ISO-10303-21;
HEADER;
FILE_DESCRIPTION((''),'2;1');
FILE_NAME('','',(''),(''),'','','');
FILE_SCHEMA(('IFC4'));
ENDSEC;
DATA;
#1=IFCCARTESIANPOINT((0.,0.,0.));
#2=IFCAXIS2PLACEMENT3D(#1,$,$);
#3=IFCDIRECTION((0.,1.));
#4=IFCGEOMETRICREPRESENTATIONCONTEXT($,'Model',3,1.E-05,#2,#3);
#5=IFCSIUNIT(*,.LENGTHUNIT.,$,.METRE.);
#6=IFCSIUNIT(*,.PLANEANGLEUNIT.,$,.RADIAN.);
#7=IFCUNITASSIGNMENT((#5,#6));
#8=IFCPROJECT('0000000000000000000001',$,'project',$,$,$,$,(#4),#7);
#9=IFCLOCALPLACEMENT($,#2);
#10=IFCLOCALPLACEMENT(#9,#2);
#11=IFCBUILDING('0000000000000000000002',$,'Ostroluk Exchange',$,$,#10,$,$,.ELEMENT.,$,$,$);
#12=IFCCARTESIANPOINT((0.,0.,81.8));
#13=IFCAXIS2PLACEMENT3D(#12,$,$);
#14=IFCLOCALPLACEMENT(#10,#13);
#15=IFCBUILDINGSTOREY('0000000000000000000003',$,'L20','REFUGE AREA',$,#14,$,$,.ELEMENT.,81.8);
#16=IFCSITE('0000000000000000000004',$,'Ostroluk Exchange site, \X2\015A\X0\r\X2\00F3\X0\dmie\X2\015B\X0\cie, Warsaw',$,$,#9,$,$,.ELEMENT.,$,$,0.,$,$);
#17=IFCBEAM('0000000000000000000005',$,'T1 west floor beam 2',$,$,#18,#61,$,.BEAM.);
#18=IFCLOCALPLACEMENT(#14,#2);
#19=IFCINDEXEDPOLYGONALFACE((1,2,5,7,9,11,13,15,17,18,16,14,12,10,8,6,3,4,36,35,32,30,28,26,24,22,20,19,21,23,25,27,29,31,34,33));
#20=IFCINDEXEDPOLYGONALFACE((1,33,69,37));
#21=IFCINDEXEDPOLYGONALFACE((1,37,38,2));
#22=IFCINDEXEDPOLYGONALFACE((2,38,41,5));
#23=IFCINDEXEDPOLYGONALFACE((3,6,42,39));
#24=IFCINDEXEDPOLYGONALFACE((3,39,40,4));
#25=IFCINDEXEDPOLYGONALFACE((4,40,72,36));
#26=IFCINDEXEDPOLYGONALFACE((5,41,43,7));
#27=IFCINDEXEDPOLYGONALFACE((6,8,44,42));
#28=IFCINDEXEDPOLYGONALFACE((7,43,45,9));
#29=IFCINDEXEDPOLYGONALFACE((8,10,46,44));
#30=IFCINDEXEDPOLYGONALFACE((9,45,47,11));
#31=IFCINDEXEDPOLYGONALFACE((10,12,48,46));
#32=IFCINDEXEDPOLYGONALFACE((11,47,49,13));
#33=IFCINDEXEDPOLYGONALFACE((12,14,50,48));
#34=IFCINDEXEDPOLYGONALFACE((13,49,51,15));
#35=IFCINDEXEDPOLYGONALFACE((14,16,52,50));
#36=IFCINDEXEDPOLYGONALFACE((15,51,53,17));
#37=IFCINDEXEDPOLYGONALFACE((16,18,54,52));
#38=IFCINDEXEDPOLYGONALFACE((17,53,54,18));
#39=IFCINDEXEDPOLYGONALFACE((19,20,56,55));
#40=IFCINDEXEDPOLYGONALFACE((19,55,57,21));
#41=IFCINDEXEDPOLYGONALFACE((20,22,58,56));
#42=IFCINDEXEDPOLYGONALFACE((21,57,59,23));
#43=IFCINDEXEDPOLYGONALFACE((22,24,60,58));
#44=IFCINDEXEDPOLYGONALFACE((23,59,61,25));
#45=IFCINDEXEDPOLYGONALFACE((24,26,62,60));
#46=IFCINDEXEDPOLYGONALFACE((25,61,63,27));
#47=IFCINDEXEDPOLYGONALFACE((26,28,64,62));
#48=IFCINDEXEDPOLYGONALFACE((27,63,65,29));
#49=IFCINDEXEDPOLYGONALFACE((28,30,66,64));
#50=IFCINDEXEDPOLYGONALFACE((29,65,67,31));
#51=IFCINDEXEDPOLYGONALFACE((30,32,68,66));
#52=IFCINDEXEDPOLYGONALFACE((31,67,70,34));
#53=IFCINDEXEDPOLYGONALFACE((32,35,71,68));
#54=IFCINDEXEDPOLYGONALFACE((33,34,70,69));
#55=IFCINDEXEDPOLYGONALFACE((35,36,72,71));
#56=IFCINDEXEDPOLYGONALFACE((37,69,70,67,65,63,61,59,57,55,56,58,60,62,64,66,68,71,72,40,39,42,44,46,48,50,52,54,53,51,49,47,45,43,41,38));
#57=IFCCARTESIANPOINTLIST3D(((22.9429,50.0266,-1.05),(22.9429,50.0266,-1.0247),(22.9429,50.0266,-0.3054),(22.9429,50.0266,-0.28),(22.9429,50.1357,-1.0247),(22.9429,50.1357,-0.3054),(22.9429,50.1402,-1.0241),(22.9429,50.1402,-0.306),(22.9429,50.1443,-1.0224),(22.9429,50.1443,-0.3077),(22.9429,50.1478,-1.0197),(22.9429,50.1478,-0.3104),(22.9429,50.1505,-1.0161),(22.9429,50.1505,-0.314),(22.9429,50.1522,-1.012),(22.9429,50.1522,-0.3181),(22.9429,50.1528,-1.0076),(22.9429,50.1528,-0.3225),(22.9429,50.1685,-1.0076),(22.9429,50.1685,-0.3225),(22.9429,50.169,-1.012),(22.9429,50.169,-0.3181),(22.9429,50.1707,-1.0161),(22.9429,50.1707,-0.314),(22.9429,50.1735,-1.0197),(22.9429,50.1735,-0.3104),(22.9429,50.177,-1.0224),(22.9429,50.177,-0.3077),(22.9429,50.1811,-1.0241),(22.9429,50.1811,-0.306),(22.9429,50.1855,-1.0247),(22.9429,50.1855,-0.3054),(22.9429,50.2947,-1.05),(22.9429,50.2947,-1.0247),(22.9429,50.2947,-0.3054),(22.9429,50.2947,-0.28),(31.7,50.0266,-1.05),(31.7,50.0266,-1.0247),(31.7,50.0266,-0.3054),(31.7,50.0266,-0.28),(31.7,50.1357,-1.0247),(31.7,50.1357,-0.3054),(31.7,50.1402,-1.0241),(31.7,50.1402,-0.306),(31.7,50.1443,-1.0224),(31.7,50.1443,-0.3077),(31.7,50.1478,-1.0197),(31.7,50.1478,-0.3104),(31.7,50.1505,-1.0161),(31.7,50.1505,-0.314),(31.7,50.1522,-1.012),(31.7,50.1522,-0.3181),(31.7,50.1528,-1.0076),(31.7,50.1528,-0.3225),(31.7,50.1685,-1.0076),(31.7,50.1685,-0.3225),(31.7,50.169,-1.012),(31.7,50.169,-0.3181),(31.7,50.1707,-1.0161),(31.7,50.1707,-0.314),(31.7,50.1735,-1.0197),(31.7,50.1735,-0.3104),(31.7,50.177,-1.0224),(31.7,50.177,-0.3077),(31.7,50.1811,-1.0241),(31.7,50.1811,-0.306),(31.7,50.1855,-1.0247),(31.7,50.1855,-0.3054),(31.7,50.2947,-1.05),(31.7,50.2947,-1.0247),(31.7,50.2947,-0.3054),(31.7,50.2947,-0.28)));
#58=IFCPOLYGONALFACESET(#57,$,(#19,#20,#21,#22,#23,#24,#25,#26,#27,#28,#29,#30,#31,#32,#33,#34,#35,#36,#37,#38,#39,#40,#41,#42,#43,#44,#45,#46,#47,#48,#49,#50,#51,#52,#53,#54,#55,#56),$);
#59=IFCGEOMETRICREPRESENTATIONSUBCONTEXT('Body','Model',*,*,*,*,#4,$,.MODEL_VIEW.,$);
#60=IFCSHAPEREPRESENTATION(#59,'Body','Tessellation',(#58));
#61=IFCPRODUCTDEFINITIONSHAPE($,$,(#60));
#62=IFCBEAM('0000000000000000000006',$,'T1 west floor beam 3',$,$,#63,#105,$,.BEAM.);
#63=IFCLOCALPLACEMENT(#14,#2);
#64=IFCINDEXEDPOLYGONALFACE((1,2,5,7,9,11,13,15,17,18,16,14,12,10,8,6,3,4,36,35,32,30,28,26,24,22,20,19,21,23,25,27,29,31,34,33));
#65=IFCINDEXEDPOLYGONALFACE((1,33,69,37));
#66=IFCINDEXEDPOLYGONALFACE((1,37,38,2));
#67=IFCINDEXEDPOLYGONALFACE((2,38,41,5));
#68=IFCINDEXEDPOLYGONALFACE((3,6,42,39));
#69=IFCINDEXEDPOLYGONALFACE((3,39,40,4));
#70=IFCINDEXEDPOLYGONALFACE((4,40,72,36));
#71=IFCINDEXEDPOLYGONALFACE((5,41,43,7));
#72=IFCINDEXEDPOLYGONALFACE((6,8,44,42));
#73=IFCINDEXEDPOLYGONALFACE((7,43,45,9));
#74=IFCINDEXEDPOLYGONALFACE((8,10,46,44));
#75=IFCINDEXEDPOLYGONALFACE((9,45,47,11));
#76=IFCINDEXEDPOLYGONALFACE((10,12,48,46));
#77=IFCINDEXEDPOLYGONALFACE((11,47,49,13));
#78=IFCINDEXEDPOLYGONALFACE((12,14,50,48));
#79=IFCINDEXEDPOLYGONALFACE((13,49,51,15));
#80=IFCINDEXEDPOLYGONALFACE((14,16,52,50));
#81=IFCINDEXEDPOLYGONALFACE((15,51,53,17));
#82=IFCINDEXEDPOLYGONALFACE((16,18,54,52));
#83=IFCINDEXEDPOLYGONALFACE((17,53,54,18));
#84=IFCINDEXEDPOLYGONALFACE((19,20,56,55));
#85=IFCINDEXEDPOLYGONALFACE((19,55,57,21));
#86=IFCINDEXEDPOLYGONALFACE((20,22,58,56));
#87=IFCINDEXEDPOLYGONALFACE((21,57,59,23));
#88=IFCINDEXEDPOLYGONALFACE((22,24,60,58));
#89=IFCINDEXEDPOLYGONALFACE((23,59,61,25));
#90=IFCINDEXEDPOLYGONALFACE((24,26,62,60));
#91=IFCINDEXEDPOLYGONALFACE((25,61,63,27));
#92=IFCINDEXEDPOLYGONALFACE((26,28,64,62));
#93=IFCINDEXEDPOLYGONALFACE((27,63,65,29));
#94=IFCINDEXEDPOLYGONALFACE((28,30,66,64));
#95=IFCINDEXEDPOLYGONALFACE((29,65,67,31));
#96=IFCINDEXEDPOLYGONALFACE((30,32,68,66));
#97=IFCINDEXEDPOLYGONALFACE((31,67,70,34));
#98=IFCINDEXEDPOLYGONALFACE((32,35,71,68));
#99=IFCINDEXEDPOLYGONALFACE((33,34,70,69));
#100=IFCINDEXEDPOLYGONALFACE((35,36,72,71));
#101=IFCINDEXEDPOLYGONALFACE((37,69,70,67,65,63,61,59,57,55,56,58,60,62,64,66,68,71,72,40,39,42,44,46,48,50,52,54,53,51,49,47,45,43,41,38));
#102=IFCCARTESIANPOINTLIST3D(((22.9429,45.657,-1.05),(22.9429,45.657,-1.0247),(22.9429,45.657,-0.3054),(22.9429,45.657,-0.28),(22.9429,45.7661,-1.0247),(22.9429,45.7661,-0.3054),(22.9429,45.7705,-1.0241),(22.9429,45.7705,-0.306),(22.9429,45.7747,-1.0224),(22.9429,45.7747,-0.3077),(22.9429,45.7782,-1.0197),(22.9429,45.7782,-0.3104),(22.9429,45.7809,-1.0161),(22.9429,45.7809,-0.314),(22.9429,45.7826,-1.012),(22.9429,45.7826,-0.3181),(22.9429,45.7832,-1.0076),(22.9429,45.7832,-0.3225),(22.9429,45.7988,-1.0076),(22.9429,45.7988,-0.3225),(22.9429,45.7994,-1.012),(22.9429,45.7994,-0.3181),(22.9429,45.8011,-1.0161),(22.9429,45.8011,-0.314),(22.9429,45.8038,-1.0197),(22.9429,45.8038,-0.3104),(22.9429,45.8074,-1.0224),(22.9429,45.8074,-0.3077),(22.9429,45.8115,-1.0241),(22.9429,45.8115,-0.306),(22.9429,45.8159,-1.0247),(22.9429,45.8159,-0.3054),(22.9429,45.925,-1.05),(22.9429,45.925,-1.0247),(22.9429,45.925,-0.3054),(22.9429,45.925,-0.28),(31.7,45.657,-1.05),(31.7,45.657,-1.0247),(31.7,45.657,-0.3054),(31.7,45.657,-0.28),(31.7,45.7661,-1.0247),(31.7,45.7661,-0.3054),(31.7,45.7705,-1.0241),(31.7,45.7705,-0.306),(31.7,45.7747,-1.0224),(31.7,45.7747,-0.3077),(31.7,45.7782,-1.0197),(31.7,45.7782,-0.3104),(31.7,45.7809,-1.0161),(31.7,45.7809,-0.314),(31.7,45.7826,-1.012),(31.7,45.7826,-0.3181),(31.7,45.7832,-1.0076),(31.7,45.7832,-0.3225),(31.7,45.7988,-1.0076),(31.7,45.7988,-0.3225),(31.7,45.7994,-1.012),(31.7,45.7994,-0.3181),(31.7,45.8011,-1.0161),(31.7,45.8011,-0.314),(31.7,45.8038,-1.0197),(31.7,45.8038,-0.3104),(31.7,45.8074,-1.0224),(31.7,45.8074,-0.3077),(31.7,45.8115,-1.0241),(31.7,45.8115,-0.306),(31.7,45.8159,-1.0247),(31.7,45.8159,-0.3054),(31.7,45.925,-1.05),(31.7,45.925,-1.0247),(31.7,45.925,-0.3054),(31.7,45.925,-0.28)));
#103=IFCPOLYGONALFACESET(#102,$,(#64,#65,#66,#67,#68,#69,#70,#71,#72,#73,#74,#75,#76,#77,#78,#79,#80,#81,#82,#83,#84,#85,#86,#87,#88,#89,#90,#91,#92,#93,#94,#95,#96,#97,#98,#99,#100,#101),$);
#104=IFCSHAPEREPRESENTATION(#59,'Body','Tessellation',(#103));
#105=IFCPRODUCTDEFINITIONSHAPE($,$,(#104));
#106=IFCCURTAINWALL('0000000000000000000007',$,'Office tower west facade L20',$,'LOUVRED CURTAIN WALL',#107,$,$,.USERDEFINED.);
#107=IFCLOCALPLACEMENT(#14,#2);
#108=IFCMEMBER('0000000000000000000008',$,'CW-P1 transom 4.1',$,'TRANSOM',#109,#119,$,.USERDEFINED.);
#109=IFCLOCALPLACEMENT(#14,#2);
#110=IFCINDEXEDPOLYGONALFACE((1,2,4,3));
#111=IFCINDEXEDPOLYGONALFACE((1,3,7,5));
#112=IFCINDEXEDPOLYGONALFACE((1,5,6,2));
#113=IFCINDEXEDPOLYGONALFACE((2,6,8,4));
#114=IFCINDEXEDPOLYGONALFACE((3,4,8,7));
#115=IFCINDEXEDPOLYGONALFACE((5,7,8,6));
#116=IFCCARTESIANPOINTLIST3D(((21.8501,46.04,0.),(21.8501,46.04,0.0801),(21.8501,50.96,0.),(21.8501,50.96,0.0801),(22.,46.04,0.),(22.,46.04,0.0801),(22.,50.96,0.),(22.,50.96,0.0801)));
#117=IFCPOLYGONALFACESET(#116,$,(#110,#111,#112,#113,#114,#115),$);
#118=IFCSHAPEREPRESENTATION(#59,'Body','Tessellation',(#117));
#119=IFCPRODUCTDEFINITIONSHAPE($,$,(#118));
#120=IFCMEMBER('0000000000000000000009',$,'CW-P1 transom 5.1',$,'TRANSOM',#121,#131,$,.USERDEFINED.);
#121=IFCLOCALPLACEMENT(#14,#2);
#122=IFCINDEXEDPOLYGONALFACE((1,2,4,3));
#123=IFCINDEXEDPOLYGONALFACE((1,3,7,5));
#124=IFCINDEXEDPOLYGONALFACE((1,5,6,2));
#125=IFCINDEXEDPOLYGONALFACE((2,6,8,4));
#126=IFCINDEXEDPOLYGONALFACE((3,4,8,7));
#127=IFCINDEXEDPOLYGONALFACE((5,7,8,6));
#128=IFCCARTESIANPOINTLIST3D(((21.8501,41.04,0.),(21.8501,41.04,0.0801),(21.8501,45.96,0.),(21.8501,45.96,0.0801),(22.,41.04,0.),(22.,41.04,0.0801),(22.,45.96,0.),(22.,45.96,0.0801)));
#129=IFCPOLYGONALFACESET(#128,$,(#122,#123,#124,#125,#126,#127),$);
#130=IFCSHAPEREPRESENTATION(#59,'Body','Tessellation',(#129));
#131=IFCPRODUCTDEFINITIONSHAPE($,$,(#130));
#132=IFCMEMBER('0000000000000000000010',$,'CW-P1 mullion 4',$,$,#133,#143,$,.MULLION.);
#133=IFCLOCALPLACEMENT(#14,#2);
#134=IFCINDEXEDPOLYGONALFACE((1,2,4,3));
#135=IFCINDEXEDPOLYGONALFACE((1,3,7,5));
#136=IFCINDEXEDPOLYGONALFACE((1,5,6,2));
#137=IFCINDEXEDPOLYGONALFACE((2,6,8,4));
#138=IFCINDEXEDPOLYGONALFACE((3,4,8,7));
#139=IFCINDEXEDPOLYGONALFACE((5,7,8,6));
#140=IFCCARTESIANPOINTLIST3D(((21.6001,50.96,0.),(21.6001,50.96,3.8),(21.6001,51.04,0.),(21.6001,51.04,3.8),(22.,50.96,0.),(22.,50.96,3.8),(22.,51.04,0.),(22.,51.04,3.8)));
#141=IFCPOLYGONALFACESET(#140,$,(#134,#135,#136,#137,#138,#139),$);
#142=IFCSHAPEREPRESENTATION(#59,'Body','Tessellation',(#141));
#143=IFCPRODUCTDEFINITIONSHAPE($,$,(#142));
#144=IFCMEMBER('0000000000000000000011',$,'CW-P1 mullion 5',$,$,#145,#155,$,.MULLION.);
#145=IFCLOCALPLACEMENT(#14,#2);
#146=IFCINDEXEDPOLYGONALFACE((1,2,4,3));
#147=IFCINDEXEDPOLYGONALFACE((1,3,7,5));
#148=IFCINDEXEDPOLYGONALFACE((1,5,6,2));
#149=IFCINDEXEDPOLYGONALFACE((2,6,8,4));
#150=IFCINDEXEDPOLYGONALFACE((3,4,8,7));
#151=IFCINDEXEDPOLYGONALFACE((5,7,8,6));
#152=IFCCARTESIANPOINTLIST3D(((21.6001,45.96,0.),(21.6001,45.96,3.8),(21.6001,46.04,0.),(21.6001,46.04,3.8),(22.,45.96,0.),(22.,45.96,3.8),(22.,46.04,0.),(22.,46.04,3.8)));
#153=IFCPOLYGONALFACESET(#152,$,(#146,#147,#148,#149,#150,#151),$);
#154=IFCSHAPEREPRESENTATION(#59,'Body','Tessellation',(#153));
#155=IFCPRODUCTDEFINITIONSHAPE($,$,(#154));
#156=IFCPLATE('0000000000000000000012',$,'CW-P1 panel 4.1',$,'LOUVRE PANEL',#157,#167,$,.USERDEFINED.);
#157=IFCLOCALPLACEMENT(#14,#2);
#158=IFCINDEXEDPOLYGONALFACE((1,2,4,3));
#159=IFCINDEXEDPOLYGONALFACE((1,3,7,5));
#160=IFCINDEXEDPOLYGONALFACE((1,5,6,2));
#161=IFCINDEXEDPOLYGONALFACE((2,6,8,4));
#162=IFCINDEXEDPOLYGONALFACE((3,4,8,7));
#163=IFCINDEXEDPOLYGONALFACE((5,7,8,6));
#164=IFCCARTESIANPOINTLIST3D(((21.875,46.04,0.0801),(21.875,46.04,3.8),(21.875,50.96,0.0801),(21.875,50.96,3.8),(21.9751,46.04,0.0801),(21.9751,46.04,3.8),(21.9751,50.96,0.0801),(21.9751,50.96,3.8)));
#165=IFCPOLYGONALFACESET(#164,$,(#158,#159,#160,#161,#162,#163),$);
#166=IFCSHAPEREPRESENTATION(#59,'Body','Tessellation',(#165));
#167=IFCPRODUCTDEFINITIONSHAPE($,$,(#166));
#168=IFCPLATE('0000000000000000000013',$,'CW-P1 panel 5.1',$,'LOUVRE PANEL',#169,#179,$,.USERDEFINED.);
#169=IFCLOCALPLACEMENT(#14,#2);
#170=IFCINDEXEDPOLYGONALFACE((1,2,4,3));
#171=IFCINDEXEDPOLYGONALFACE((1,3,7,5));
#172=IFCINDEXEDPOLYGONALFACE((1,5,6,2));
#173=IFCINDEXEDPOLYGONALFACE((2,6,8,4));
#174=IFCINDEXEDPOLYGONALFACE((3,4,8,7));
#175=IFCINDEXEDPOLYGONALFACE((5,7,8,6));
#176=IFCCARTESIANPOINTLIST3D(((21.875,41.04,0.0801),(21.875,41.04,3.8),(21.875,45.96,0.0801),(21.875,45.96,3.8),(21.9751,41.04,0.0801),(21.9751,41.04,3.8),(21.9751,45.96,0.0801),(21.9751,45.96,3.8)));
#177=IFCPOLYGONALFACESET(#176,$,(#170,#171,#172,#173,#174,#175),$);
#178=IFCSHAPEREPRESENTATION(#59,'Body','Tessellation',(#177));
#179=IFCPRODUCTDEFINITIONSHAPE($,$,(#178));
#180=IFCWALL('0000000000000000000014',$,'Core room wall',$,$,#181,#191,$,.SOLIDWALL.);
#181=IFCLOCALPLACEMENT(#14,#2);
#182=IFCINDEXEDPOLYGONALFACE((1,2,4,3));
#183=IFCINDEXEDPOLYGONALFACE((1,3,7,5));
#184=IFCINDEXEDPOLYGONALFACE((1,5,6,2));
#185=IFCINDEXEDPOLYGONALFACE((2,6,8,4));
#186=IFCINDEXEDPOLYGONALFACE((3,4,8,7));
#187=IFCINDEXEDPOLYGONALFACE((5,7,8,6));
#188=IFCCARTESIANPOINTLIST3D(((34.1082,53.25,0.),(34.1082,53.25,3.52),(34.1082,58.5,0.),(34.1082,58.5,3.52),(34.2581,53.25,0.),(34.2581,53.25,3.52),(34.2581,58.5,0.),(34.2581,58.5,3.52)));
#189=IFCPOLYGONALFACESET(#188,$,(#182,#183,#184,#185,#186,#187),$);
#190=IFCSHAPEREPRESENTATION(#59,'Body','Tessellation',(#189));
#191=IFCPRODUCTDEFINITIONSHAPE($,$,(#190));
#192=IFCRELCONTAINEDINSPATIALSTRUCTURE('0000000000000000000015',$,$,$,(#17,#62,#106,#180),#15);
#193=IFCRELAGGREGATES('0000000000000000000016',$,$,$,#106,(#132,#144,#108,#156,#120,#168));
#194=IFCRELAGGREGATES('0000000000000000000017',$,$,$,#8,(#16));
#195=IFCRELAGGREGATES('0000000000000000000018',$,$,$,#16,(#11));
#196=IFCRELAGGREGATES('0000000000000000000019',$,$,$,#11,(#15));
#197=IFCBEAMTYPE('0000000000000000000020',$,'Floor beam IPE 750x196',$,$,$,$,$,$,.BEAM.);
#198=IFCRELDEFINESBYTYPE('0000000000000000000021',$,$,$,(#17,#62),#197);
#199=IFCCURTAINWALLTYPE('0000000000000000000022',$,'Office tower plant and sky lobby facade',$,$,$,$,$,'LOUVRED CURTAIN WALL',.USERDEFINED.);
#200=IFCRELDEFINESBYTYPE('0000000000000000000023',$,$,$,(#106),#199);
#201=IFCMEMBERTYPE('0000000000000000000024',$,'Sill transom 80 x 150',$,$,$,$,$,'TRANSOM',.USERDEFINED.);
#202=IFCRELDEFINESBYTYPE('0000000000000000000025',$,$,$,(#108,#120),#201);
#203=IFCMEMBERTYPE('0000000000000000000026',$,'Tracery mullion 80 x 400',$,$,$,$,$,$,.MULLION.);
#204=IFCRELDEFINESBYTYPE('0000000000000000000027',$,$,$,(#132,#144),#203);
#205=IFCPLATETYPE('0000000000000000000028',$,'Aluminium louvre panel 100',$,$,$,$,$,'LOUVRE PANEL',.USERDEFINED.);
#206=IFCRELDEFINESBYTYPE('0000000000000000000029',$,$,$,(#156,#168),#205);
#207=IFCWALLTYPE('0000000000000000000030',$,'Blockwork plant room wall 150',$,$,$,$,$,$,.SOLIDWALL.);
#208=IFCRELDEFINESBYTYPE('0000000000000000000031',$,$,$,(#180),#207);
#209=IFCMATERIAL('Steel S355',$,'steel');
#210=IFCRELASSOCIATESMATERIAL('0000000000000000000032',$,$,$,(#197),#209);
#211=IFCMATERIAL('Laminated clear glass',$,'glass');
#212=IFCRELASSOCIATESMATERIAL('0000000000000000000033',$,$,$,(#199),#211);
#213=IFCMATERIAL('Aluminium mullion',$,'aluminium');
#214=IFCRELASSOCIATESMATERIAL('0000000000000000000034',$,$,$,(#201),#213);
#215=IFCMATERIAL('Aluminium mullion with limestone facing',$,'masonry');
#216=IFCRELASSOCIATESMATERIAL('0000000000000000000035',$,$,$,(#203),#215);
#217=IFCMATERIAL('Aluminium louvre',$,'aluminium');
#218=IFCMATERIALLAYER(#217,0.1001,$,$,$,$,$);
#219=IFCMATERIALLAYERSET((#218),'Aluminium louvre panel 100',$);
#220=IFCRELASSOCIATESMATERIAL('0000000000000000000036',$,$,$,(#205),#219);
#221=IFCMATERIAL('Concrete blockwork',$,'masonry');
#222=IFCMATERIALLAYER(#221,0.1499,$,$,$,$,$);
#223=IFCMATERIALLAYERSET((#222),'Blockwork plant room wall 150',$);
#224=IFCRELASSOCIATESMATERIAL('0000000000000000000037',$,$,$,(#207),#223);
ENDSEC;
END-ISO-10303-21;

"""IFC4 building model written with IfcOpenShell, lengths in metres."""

from ifc_helpers import new_model, si_unit, direction, frame, frame_2d, origin, origin_2d, place, context, subcontext, project, spatial, rectangle, i_section, extrude, material, layer, layer_set, material_profile, profile_set, type_object, element, aggregate, save


model = new_model("IFC4")

# Units and contexts
model_context = context("Model", 3, precision=1e-05, world=origin(), true_north=direction((0.0, 1.0)))
body_context = subcontext(model_context, "Body", "Model", "MODEL_VIEW")
ifc_project = project(units=[si_unit("LENGTHUNIT", "METRE"), si_unit("PLANEANGLEUNIT", "RADIAN")], contexts=[model_context])

# Site, building, storey
site_placement = place(None, origin())
site = spatial("IfcSite", under=ifc_project, at=site_placement, Name="Ostroluk Exchange site, Śródmieście, Warsaw", CompositionType="ELEMENT", RefElevation=0.0)
building_placement = place(site_placement, origin())
building = spatial("IfcBuilding", under=site, at=building_placement, Name="Ostroluk Exchange", CompositionType="ELEMENT")
storey_placement = place(building_placement, frame((0.0, 0.0, 81.8)))
storey = spatial("IfcBuildingStorey", under=building, at=storey_placement, Name="L20", Description="REFUGE AREA", CompositionType="ELEMENT", Elevation=81.8)

# Beams
ifc_material_1 = material(Name="Steel S355", Category="steel")
ifc_material_profile_1 = material_profile(ifc_material_1, i_section(OverallWidth=0.2681, OverallDepth=0.77, WebThickness=0.0156, FlangeThickness=0.0254, FilletRadius=0.0171, at=origin_2d()), Name="IPE 750x196")
ifc_profile_set_1 = profile_set([ifc_material_profile_1], Name="Steel S355")
beam_type = type_object("IfcBeamType", Name="Floor beam IPE 750x196", PredefinedType="BEAM", material=ifc_profile_set_1)
for number, where, z_axis, x_axis, name in (
    (1, (31.7, 50.1606, -0.665), (-1.0, 0.0, 0.0), (0.0, -1.0, 0.0), "T1 west floor beam 2"),
    (2, (31.7, 45.791, -0.665), (-1.0, 0.0, 0.0), (0.0, -1.0, 0.0), "T1 west floor beam 3"),
):
    element("IfcBeam", number, at=place(storey_placement, frame(where, z_axis=z_axis, x_axis=x_axis)), inside=storey, type_object=beam_type, Name=name, PredefinedType="BEAM", context=body_context, shape_type="SweptSolid", body=[
        extrude(i_section(OverallWidth=0.2681, OverallDepth=0.77, WebThickness=0.0156, FlangeThickness=0.0254, FilletRadius=0.0171, at=origin_2d()), origin(), (0.0, 0.0, 1.0), 8.7571),
    ])

# Curtain wall, members, plates
ifc_material_2 = material(Name="Laminated clear glass", Category="glass")
curtain_wall_type = type_object("IfcCurtainWallType", Name="Office tower plant and sky lobby facade", ElementType="LOUVRED CURTAIN WALL", PredefinedType="USERDEFINED", material=ifc_material_2)
curtain_wall_placement = place(storey_placement, origin())
curtain_wall = element("IfcCurtainWall", 3, at=curtain_wall_placement, inside=storey, type_object=curtain_wall_type, Name="Office tower west facade L20", ObjectType="LOUVRED CURTAIN WALL", PredefinedType="USERDEFINED")
ifc_material_3 = material(Name="Aluminium mullion", Category="aluminium")
ifc_material_profile_2 = material_profile(ifc_material_3, rectangle(XDim=0.1499, YDim=0.0801, at=origin_2d()), Name="Sill transom 80 x 150")
ifc_profile_set_2 = profile_set([ifc_material_profile_2], Name="Aluminium mullion")
member_type_1 = type_object("IfcMemberType", Name="Sill transom 80 x 150", ElementType="TRANSOM", PredefinedType="USERDEFINED", material=ifc_profile_set_2)
member_1_placement = place(storey_placement, frame((21.925, 50.96, 0.04), z_axis=(0.0, -1.0, 0.0), x_axis=(1.0, 0.0, 0.0)))
member_1 = element("IfcMember", 4, at=member_1_placement, type_object=member_type_1, Name="CW-P1 transom 4.1", ObjectType="TRANSOM", PredefinedType="USERDEFINED", context=body_context, shape_type="SweptSolid", body=[
    extrude(rectangle(XDim=0.1499, YDim=0.0801, at=origin_2d()), origin(), (0.0, 0.0, 1.0), 4.9199),
])
member_2_placement = place(storey_placement, frame((21.925, 45.96, 0.04), z_axis=(0.0, -1.0, 0.0), x_axis=(1.0, 0.0, 0.0)))
member_2 = element("IfcMember", 5, at=member_2_placement, type_object=member_type_1, Name="CW-P1 transom 5.1", ObjectType="TRANSOM", PredefinedType="USERDEFINED", context=body_context, shape_type="SweptSolid", body=[
    extrude(rectangle(XDim=0.1499, YDim=0.0801, at=origin_2d()), origin(), (0.0, 0.0, 1.0), 4.9199),
])
ifc_material_4 = material(Name="Aluminium mullion with limestone facing", Category="masonry")
ifc_material_profile_3 = material_profile(ifc_material_4, rectangle(XDim=0.3999, YDim=0.0801, at=origin_2d()), Name="Tracery mullion 80 x 400")
ifc_profile_set_3 = profile_set([ifc_material_profile_3], Name="Aluminium mullion with limestone facing")
member_type_2 = type_object("IfcMemberType", Name="Tracery mullion 80 x 400", PredefinedType="MULLION", material=ifc_profile_set_3)
member_3_placement = place(storey_placement, frame((21.8, 51.0, 0.0), z_axis=(0.0, 0.0, 1.0), x_axis=(1.0, 0.0, 0.0)))
member_3 = element("IfcMember", 6, at=member_3_placement, type_object=member_type_2, Name="CW-P1 mullion 4", PredefinedType="MULLION", context=body_context, shape_type="SweptSolid", body=[
    extrude(rectangle(XDim=0.3999, YDim=0.0801, at=origin_2d()), origin(), (0.0, 0.0, 1.0), 3.8),
])
member_4_placement = place(storey_placement, frame((21.8, 46.0, 0.0), z_axis=(0.0, 0.0, 1.0), x_axis=(1.0, 0.0, 0.0)))
member_4 = element("IfcMember", 7, at=member_4_placement, type_object=member_type_2, Name="CW-P1 mullion 5", PredefinedType="MULLION", context=body_context, shape_type="SweptSolid", body=[
    extrude(rectangle(XDim=0.3999, YDim=0.0801, at=origin_2d()), origin(), (0.0, 0.0, 1.0), 3.8),
])
ifc_material_5 = material(Name="Aluminium louvre", Category="aluminium")
ifc_layer_1 = layer(ifc_material_5, 0.1001)
ifc_layer_set_1 = layer_set([ifc_layer_1], Name="Aluminium louvre panel 100")
plate_type = type_object("IfcPlateType", Name="Aluminium louvre panel 100", ElementType="LOUVRE PANEL", PredefinedType="USERDEFINED", material=ifc_layer_set_1)
plate_1_placement = place(storey_placement, frame((21.925, 48.5, 0.0801), z_axis=(0.0, 0.0, 1.0), x_axis=(0.0, -1.0, 0.0)))
plate_1 = element("IfcPlate", 8, at=plate_1_placement, type_object=plate_type, Name="CW-P1 panel 4.1", ObjectType="LOUVRE PANEL", PredefinedType="USERDEFINED", context=body_context, shape_type="SweptSolid", body=[
    extrude(rectangle(XDim=4.9199, YDim=0.1001, at=origin_2d()), origin(), (0.0, 0.0, 1.0), 3.72),
])
plate_2_placement = place(storey_placement, frame((21.925, 43.5, 0.0801), z_axis=(0.0, 0.0, 1.0), x_axis=(0.0, -1.0, 0.0)))
plate_2 = element("IfcPlate", 9, at=plate_2_placement, type_object=plate_type, Name="CW-P1 panel 5.1", ObjectType="LOUVRE PANEL", PredefinedType="USERDEFINED", context=body_context, shape_type="SweptSolid", body=[
    extrude(rectangle(XDim=4.9199, YDim=0.1001, at=origin_2d()), origin(), (0.0, 0.0, 1.0), 3.72),
])
aggregate(curtain_wall, [member_3, member_4, member_1, plate_1, member_2, plate_2])

# Wall
ifc_material_6 = material(Name="Concrete blockwork", Category="masonry")
ifc_layer_2 = layer(ifc_material_6, 0.1499)
ifc_layer_set_2 = layer_set([ifc_layer_2], Name="Blockwork plant room wall 150")
wall_type_1 = type_object("IfcWallType", Name="Blockwork plant room wall 150", PredefinedType="SOLIDWALL", material=ifc_layer_set_2)
wall_1_placement = place(storey_placement, frame((34.1831, 53.25, 0.0), z_axis=(0.0, 0.0, 1.0), x_axis=(0.0, 1.0, 0.0)))
element("IfcWall", 10, at=wall_1_placement, inside=storey, type_object=wall_type_1, Name="Core room wall", PredefinedType="SOLIDWALL", context=body_context, shape_type="SweptSolid", body=[
    extrude(rectangle(XDim=5.25, YDim=0.1499, at=frame_2d((2.625, 0.0))), origin(), (0.0, 0.0, 1.0), 3.52),
])

save(model, "model.ifc")
